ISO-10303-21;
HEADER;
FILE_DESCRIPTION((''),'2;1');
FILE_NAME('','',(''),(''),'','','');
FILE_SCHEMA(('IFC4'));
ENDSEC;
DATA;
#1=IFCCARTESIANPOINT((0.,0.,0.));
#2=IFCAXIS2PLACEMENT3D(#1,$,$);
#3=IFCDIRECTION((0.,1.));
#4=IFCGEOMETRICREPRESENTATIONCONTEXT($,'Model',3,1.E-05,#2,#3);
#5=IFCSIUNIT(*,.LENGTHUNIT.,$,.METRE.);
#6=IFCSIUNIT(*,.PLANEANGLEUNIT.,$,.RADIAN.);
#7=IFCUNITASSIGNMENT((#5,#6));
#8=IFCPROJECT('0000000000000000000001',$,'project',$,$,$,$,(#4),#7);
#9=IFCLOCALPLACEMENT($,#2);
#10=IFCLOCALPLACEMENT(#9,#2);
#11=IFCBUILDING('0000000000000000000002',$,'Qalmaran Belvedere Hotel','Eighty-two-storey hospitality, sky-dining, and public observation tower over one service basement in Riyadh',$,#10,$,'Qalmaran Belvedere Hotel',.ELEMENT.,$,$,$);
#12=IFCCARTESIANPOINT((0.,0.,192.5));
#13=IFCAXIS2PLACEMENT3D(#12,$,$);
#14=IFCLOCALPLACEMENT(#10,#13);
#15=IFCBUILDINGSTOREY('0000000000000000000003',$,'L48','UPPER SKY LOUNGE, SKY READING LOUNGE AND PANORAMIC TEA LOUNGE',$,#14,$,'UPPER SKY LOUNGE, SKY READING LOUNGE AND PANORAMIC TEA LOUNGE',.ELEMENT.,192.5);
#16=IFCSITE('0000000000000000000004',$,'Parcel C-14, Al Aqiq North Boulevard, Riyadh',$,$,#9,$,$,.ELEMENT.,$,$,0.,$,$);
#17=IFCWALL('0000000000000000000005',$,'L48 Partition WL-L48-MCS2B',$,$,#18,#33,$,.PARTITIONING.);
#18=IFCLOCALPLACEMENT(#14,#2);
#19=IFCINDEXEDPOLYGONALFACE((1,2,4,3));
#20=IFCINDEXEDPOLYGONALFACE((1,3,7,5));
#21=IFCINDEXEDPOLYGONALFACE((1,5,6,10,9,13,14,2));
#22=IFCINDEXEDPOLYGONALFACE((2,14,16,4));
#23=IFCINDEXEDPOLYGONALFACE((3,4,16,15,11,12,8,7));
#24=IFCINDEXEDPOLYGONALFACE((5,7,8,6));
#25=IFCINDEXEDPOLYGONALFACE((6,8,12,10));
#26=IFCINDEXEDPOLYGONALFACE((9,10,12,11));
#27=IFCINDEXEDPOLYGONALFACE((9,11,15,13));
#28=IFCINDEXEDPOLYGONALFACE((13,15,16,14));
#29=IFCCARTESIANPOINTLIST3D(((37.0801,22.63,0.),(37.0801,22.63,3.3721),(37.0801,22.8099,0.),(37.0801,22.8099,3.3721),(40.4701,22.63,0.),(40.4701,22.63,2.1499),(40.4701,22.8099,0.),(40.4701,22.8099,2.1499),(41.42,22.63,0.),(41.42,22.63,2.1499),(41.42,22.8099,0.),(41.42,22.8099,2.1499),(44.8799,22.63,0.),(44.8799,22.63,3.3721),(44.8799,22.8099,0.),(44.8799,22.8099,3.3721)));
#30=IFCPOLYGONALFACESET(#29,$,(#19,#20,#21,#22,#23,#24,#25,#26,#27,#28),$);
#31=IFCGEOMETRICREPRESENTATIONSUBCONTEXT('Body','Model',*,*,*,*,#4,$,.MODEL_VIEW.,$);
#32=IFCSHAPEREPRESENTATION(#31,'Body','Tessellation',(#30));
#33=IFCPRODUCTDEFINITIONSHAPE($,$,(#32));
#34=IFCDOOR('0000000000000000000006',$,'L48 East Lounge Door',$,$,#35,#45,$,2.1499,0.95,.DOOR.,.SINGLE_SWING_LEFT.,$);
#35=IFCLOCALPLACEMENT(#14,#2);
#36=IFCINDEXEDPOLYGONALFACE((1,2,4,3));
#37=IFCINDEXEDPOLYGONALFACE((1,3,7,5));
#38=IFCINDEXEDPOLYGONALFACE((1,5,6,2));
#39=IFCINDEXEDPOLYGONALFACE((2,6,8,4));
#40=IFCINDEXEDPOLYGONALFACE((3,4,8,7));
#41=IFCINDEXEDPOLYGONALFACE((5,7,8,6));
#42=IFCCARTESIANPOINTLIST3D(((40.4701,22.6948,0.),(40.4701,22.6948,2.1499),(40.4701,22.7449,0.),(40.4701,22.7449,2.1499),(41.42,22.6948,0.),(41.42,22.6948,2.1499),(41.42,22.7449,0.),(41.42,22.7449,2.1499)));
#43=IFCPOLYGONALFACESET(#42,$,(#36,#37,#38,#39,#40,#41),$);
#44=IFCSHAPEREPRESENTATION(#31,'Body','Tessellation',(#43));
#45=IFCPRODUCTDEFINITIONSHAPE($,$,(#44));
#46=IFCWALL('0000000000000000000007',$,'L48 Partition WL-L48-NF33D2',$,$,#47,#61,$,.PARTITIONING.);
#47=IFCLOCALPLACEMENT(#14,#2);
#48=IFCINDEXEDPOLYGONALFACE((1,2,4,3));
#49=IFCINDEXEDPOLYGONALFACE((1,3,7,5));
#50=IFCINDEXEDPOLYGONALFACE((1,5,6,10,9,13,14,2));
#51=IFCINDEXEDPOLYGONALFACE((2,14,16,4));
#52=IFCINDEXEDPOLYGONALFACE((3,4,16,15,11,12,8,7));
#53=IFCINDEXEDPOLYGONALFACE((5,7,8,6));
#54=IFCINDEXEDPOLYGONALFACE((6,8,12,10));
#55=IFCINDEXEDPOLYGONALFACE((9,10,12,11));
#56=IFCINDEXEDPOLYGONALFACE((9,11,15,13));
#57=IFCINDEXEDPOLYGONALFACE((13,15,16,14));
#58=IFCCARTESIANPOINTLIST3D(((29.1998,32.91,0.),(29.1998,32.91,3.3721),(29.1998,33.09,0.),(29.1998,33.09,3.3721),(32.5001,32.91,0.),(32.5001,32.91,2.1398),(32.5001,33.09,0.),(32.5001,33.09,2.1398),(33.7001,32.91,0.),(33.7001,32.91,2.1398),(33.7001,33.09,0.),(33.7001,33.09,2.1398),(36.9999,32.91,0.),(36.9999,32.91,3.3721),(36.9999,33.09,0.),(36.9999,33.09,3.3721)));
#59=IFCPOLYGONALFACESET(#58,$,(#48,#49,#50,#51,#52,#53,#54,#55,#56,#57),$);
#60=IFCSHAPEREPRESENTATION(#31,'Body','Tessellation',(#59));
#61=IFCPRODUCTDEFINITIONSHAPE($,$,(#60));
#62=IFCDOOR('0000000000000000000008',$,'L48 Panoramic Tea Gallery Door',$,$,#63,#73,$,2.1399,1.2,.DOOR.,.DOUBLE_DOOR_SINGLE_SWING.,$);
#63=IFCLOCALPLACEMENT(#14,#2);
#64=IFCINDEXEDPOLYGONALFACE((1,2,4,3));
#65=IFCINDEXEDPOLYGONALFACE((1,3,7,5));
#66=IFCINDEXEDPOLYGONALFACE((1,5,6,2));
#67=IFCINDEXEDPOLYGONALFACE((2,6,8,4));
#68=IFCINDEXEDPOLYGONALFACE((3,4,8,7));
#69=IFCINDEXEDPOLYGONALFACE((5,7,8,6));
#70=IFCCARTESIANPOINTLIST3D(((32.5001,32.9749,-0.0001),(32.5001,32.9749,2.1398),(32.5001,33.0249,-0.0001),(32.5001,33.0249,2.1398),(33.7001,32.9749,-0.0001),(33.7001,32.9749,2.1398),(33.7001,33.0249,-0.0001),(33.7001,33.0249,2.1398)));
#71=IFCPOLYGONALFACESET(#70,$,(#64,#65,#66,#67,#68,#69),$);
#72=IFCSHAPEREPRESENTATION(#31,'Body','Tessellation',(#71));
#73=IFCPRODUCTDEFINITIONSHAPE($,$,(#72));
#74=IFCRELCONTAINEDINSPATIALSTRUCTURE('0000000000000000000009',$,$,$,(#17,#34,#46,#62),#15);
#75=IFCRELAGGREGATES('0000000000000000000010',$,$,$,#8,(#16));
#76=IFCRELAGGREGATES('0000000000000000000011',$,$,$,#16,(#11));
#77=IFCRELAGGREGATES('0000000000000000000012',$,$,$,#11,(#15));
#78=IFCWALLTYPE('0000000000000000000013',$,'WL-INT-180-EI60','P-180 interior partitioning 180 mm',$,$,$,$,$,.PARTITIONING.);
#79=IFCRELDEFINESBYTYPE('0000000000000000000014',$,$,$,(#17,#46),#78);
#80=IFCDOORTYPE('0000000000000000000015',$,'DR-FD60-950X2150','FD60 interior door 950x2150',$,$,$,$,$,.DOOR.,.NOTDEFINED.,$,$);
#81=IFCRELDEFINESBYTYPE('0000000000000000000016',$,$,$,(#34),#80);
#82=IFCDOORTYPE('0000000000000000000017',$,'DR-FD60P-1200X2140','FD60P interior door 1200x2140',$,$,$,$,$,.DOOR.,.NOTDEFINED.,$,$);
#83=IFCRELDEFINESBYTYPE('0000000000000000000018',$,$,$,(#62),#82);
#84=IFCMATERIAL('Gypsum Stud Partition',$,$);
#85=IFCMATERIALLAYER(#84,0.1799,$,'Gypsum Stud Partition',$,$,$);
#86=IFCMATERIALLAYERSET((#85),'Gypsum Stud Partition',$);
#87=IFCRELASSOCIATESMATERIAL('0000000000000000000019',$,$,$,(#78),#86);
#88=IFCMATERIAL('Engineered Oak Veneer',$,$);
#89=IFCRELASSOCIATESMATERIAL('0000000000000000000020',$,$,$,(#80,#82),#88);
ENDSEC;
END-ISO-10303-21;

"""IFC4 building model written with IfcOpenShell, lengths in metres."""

from ifc_helpers import new_model, si_unit, direction, frame, frame_2d, origin, place, context, subcontext, project, spatial, rectangle, extrude, material, layer, layer_set, type_object, element, fill, save


model = new_model("IFC4")

# Units and contexts
model_context = context("Model", 3, precision=1e-05, world=origin(), true_north=direction((0.0, 1.0)))
body_context = subcontext(model_context, "Body", "Model", "MODEL_VIEW")
ifc_project = project(units=[si_unit("LENGTHUNIT", "METRE"), si_unit("PLANEANGLEUNIT", "RADIAN")], contexts=[model_context])

# Site, building, storey
site_placement = place(None, origin())
site = spatial("IfcSite", under=ifc_project, at=site_placement, Name="Parcel C-14, Al Aqiq North Boulevard, Riyadh", CompositionType="ELEMENT", RefElevation=0.0)
building_placement = place(site_placement, origin())
building = spatial("IfcBuilding", under=site, at=building_placement, Name="Qalmaran Belvedere Hotel", Description="Eighty-two-storey hospitality, sky-dining, and public observation tower over one service basement in Riyadh", LongName="Qalmaran Belvedere Hotel", CompositionType="ELEMENT")
storey_placement = place(building_placement, frame((0.0, 0.0, 192.5)))
storey = spatial("IfcBuildingStorey", under=building, at=storey_placement, Name="L48", Description="UPPER SKY LOUNGE, SKY READING LOUNGE AND PANORAMIC TEA LOUNGE", LongName="UPPER SKY LOUNGE, SKY READING LOUNGE AND PANORAMIC TEA LOUNGE", CompositionType="ELEMENT", Elevation=192.5)

# Shared definitions
ifc_material_1 = material(Name="Gypsum Stud Partition")

# Walls, openings, doors
ifc_layer_1 = layer(ifc_material_1, 0.1799, Name="Gypsum Stud Partition")
ifc_layer_set_1 = layer_set([ifc_layer_1], Name="Gypsum Stud Partition")
wall_type_1 = type_object("IfcWallType", Name="WL-INT-180-EI60", Description="P-180 interior partitioning 180 mm", PredefinedType="PARTITIONING", material=ifc_layer_set_1)
wall_1_placement = place(storey_placement, frame((37.0801, 22.72, 0.0), z_axis=(0.0, 0.0, 1.0), x_axis=(1.0, 0.0, 0.0)))
wall_1 = element("IfcWall", 1, at=wall_1_placement, inside=storey, type_object=wall_type_1, Name="L48 Partition WL-L48-MCS2B", PredefinedType="PARTITIONING", context=body_context, shape_type="SweptSolid", body=[
    extrude(rectangle(XDim=7.7998, YDim=0.1799, at=frame_2d((3.8999, 0.0))), origin(), (0.0, 0.0, 1.0), 3.3721),
])
opening_1_placement = place(wall_1_placement, frame((3.3899, 0.0, 0.0)))
opening_1 = element("IfcOpeningElement", 2, at=opening_1_placement, cuts=wall_1, PredefinedType="OPENING", context=body_context, shape_type="SweptSolid", body=[
    extrude(rectangle(XDim=0.95, YDim=2.1499, at=frame_2d((0.4751, 1.075))), frame((0.0, 0.1001, 0.0), z_axis=(0.0, -1.0, 0.0), x_axis=(1.0, 0.0, 0.0)), (0.0, 0.0, 1.0), 0.2),
])
ifc_material_2 = material(Name="Engineered Oak Veneer")
door_type_1 = type_object("IfcDoorType", Name="DR-FD60-950X2150", Description="FD60 interior door 950x2150", OperationType="NOTDEFINED", PredefinedType="DOOR", material=ifc_material_2)
door_1_placement = place(opening_1_placement, origin())
door_1 = element("IfcDoor", 3, at=door_1_placement, inside=storey, type_object=door_type_1, Name="L48 East Lounge Door", OperationType="SINGLE_SWING_LEFT", OverallHeight=2.1499, OverallWidth=0.95, PredefinedType="DOOR", context=body_context, shape_type="SweptSolid", body=[
    extrude(rectangle(XDim=0.95, YDim=2.1499, at=frame_2d((0.4751, 1.075))), frame((0.0, 0.0249, 0.0), z_axis=(0.0, -1.0, 0.0), x_axis=(1.0, 0.0, 0.0)), (0.0, 0.0, 1.0), 0.05),
])
fill(opening_1, door_1)
wall_2_placement = place(storey_placement, frame((29.2, 33.0, 0.0), z_axis=(0.0, 0.0, 1.0), x_axis=(1.0, 0.0, 0.0)))
wall_2 = element("IfcWall", 4, at=wall_2_placement, inside=storey, type_object=wall_type_1, Name="L48 Partition WL-L48-NF33D2", PredefinedType="PARTITIONING", context=body_context, shape_type="SweptSolid", body=[
    extrude(rectangle(XDim=7.8, YDim=0.1799, at=frame_2d((3.8999, 0.0))), origin(), (0.0, 0.0, 1.0), 3.3721),
])
opening_2_placement = place(wall_2_placement, frame((3.3, 0.0, 0.0)))
opening_2 = element("IfcOpeningElement", 5, at=opening_2_placement, cuts=wall_2, PredefinedType="OPENING", context=body_context, shape_type="SweptSolid", body=[
    extrude(rectangle(XDim=1.2, YDim=2.1399, at=frame_2d((0.6001, 1.0698))), frame((0.0, 0.1001, 0.0), z_axis=(0.0, -1.0, 0.0), x_axis=(1.0, 0.0, 0.0)), (0.0, 0.0, 1.0), 0.2),
])
door_type_2 = type_object("IfcDoorType", Name="DR-FD60P-1200X2140", Description="FD60P interior door 1200x2140", OperationType="NOTDEFINED", PredefinedType="DOOR", material=ifc_material_2)
door_2_placement = place(opening_2_placement, origin())
door_2 = element("IfcDoor", 6, at=door_2_placement, inside=storey, type_object=door_type_2, Name="L48 Panoramic Tea Gallery Door", OperationType="DOUBLE_DOOR_SINGLE_SWING", OverallHeight=2.1399, OverallWidth=1.2, PredefinedType="DOOR", context=body_context, shape_type="SweptSolid", body=[
    extrude(rectangle(XDim=1.2, YDim=2.1399, at=frame_2d((0.6001, 1.0698))), frame((0.0, 0.0249, 0.0), z_axis=(0.0, -1.0, 0.0), x_axis=(1.0, 0.0, 0.0)), (0.0, 0.0, 1.0), 0.05),
])
fill(opening_2, door_2)

save(model, "model.ifc")
